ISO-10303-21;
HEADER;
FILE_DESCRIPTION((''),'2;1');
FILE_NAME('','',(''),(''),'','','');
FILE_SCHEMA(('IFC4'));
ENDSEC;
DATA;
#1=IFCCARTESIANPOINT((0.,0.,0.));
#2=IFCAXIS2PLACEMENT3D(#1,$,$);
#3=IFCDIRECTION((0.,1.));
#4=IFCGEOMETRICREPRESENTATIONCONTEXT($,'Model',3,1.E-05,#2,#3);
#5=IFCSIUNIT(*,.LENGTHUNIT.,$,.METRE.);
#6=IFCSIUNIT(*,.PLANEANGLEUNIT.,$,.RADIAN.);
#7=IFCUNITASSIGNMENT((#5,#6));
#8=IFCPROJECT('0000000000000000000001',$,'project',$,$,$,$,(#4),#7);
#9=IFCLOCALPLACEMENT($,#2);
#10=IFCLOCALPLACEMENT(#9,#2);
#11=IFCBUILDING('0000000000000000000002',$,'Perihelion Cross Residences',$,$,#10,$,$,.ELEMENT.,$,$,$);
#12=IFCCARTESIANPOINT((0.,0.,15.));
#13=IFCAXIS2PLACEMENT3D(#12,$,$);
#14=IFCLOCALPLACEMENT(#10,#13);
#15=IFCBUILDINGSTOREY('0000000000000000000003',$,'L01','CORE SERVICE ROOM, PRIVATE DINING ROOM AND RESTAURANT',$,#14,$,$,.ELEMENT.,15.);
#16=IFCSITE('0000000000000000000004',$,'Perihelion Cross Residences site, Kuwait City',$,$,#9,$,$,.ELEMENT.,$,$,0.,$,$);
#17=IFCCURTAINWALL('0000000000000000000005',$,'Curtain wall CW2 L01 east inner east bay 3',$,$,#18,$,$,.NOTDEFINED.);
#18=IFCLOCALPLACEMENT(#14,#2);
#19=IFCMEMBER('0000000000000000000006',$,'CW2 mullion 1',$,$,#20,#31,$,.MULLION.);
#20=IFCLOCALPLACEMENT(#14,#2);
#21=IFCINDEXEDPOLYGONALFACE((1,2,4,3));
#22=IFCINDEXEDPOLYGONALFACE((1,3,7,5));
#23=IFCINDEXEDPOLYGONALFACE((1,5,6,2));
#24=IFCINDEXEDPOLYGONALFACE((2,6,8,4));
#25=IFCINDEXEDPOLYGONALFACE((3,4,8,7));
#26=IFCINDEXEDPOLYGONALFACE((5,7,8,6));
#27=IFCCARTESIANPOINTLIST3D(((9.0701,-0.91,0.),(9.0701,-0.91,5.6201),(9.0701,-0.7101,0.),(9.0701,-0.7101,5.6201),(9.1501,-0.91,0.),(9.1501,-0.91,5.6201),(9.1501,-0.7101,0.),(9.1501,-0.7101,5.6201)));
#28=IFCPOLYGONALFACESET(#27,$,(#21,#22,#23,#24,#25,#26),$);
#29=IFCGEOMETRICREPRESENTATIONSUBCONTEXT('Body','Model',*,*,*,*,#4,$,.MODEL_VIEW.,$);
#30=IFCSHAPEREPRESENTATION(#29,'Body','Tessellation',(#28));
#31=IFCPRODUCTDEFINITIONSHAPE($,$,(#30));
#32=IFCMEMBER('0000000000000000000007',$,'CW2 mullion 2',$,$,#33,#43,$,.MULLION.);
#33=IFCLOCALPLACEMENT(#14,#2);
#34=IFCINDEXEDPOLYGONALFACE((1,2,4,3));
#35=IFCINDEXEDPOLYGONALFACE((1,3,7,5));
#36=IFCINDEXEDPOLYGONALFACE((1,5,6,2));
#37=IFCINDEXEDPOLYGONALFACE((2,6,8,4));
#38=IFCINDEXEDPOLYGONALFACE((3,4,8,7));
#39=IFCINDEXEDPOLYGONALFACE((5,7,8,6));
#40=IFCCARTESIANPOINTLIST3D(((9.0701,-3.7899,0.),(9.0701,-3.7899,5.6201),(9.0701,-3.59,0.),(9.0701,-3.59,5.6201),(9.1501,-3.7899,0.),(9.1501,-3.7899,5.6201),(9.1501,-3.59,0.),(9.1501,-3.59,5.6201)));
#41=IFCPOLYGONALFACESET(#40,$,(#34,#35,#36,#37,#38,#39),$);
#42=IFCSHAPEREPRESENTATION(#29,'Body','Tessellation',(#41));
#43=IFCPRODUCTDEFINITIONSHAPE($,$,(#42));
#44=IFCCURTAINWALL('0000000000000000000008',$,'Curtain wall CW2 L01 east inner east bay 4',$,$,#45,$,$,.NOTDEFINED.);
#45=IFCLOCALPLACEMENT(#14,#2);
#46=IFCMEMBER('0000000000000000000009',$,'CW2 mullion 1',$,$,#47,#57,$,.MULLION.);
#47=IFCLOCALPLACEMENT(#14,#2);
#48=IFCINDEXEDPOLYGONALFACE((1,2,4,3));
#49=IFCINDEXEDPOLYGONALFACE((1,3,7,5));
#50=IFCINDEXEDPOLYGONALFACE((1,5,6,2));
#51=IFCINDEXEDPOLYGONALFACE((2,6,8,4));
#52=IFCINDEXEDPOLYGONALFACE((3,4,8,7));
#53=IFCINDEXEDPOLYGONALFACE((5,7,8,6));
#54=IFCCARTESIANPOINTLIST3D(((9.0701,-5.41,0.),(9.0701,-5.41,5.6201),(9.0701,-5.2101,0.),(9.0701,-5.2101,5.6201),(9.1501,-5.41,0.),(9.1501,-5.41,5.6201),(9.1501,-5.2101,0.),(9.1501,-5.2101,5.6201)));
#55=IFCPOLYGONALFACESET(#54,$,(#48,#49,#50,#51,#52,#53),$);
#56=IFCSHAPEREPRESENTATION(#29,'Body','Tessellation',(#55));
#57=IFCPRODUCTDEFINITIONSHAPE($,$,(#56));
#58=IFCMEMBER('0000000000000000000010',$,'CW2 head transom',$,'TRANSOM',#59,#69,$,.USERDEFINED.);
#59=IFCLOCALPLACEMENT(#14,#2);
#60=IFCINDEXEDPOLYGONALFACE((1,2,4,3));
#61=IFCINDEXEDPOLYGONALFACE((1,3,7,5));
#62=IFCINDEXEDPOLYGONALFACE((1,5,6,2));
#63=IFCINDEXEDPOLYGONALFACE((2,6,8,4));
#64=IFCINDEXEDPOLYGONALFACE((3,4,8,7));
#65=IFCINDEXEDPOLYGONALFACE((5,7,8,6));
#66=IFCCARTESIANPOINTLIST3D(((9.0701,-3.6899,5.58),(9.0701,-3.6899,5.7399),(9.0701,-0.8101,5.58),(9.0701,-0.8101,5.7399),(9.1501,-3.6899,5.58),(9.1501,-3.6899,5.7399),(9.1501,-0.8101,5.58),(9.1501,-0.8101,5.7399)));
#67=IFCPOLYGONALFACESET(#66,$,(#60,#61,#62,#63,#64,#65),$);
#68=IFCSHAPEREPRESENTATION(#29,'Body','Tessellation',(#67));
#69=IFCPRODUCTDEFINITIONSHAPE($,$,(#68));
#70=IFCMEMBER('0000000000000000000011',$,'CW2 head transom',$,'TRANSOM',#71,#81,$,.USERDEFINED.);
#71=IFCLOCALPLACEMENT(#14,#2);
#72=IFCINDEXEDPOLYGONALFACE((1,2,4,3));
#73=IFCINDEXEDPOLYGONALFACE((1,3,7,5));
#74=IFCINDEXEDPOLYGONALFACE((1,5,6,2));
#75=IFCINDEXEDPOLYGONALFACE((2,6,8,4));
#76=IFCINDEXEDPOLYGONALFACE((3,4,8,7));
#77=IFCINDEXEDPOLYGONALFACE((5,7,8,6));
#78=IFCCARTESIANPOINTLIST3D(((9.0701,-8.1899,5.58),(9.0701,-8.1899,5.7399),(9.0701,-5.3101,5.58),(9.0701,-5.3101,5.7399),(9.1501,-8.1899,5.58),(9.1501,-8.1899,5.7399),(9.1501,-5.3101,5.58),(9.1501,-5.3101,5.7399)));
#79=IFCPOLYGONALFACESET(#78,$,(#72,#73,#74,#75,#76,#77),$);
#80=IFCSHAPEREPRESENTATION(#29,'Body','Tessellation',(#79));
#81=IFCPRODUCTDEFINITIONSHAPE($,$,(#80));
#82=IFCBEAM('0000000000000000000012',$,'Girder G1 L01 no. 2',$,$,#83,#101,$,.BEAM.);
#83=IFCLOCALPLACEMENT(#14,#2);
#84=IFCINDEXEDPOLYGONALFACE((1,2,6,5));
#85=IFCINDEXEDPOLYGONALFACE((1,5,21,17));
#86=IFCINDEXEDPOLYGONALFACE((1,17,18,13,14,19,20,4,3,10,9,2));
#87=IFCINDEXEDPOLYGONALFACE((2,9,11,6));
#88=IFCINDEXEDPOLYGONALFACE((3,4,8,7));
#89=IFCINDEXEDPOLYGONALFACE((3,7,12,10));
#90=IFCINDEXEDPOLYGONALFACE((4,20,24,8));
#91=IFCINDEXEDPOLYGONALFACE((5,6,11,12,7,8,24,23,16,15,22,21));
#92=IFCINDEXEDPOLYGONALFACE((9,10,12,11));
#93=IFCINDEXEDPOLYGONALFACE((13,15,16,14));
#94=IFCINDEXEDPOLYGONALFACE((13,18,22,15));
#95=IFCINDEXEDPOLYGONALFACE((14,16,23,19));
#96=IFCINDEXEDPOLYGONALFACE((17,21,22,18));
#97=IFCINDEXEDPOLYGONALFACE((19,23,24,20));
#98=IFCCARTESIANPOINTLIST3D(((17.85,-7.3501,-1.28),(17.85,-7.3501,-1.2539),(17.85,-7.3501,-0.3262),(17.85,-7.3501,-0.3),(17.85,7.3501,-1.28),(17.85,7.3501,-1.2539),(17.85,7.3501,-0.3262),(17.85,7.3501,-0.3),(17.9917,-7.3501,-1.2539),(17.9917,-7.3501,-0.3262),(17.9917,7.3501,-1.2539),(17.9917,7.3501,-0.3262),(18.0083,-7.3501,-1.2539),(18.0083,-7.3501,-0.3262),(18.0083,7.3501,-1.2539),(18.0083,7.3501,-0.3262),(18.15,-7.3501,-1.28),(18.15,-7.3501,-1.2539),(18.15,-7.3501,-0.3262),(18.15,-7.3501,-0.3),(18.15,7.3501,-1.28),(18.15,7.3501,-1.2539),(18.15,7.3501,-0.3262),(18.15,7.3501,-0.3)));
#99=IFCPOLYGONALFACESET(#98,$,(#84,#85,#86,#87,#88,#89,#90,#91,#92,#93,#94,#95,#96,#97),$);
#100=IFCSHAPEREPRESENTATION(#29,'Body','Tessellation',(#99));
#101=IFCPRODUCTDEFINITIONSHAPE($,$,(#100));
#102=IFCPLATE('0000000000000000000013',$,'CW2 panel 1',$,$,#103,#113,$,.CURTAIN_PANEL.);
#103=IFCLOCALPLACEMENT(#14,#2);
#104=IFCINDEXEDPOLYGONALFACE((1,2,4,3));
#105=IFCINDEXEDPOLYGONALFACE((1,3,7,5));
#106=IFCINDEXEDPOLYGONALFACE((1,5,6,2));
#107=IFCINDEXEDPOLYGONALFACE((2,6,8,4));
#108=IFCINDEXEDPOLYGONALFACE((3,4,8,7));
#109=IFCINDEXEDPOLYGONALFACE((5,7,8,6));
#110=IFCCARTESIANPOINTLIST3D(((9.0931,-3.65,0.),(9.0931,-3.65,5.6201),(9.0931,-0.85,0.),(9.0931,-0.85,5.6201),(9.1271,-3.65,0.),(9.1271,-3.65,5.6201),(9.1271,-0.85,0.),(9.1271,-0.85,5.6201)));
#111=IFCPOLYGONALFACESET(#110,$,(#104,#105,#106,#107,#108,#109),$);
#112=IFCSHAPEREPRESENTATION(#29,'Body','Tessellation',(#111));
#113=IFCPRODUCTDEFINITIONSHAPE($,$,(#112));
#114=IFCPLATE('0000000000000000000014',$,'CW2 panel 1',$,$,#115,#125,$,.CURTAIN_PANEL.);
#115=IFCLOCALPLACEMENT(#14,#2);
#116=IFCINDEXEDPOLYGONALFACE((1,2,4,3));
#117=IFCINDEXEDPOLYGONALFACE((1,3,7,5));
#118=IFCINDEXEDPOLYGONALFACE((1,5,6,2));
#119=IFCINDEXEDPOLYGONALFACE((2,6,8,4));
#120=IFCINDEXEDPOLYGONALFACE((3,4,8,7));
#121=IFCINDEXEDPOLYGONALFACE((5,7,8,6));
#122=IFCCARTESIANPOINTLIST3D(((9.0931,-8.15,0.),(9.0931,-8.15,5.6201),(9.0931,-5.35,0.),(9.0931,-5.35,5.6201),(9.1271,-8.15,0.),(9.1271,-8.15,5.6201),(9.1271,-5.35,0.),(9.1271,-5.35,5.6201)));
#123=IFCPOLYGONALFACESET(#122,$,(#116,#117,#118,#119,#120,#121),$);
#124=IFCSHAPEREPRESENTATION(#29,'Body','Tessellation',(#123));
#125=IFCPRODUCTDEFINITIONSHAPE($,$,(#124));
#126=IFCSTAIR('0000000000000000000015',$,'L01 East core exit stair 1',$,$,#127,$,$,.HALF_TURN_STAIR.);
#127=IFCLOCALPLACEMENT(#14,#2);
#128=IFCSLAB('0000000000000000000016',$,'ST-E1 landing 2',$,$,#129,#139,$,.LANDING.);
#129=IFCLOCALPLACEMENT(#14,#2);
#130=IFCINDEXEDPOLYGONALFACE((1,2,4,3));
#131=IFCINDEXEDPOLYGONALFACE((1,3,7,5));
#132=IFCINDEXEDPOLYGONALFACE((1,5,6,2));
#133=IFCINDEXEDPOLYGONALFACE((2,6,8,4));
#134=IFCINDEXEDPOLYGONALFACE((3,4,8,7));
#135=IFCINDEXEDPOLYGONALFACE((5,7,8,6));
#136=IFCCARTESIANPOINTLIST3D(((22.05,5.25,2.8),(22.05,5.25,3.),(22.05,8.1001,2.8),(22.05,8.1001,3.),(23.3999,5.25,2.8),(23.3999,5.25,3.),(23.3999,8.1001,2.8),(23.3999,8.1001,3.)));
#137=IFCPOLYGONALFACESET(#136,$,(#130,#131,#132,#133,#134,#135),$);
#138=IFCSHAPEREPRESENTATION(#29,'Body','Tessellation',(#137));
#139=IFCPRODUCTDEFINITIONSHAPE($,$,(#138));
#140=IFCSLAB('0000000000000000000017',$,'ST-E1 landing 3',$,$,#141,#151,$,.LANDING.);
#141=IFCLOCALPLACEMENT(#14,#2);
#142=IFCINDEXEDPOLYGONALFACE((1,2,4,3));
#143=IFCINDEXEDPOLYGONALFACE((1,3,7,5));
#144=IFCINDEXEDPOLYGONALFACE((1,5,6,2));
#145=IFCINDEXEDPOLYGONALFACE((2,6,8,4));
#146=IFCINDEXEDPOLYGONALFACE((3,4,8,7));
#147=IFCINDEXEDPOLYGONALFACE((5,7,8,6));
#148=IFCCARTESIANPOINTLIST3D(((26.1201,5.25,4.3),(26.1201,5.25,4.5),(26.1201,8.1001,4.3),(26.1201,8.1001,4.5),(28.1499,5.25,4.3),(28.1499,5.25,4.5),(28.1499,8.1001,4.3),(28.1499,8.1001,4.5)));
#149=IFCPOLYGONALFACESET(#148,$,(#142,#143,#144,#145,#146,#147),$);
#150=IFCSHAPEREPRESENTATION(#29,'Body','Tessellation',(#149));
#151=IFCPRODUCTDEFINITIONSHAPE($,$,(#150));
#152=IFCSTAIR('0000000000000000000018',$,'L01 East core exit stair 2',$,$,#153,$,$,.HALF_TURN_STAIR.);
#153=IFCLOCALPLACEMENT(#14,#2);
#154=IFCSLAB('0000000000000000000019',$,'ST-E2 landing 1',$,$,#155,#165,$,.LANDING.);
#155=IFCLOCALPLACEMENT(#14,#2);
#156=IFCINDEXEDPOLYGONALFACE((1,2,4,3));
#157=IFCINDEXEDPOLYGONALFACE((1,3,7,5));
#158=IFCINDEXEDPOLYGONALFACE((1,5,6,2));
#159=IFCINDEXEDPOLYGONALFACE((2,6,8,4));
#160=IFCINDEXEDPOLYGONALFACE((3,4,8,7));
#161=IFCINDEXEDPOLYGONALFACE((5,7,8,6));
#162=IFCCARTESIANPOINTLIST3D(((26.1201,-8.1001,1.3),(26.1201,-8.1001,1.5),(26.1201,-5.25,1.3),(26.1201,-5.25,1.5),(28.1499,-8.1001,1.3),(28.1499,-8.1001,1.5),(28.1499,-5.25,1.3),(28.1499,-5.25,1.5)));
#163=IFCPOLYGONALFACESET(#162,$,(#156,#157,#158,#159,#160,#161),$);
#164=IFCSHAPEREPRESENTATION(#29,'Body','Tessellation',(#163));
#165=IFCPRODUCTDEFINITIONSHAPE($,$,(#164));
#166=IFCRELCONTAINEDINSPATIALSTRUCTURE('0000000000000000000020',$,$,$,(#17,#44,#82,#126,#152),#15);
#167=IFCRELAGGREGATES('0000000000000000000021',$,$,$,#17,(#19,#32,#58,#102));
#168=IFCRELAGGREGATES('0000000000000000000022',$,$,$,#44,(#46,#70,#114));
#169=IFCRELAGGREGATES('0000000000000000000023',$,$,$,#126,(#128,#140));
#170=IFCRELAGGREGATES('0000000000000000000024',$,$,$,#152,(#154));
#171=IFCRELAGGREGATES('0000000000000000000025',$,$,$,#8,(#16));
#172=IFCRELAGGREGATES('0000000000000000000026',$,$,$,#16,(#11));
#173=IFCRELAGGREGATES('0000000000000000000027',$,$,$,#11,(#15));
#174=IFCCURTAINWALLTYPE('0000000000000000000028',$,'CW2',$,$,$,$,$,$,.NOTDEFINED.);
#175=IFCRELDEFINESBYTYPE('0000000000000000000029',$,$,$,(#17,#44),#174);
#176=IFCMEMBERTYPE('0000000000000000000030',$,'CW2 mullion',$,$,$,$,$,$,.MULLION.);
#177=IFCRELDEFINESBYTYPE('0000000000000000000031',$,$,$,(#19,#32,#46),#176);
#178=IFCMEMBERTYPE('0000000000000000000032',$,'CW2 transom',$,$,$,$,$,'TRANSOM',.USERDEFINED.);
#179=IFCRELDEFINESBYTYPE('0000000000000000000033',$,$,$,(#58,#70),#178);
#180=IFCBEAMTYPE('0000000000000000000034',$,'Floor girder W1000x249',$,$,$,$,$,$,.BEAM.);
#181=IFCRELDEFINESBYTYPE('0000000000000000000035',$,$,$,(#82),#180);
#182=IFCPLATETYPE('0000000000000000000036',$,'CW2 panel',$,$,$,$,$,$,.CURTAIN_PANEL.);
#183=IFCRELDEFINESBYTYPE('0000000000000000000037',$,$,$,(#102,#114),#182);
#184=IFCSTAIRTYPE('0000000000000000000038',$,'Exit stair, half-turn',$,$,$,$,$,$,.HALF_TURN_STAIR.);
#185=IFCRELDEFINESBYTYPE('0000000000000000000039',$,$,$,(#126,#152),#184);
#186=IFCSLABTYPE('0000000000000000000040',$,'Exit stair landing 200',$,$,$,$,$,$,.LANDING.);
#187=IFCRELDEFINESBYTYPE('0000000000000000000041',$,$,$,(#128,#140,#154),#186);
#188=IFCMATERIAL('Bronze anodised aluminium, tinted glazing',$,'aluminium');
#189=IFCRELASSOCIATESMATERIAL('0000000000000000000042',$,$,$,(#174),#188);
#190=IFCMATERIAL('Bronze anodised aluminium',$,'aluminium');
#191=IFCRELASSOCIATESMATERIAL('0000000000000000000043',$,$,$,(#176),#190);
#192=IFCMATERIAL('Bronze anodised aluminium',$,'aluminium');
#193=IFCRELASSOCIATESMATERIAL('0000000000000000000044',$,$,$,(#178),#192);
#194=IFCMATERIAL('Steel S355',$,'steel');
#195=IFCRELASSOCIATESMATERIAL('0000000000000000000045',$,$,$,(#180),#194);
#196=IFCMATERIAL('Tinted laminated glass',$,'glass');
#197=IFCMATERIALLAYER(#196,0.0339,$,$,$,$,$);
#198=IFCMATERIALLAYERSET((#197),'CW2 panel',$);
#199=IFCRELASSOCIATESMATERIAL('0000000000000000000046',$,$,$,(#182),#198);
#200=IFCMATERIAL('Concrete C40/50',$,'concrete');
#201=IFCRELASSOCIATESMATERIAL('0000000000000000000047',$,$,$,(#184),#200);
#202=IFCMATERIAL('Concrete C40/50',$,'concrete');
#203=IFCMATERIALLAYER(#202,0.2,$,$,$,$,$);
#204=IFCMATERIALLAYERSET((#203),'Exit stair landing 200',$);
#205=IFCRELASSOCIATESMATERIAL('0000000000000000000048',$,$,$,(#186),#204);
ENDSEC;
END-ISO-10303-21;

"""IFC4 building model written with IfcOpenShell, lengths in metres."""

from ifc_helpers import new_model, si_unit, direction, frame, origin, origin_2d, place, context, subcontext, project, spatial, polyline, rectangle, i_section, outline, extrude, material, layer, layer_set, material_profile, profile_set, type_object, element, aggregate, save


model = new_model("IFC4")

# Units and contexts
model_context = context("Model", 3, precision=1e-05, world=origin(), true_north=direction((0.0, 1.0)))
body_context = subcontext(model_context, "Body", "Model", "MODEL_VIEW")
ifc_project = project(units=[si_unit("LENGTHUNIT", "METRE"), si_unit("PLANEANGLEUNIT", "RADIAN")], contexts=[model_context])

# Site, building, storey
site_placement = place(None, origin())
site = spatial("IfcSite", under=ifc_project, at=site_placement, Name="Perihelion Cross Residences site, Kuwait City", CompositionType="ELEMENT", RefElevation=0.0)
building_placement = place(site_placement, origin())
building = spatial("IfcBuilding", under=site, at=building_placement, Name="Perihelion Cross Residences", CompositionType="ELEMENT")
storey_placement = place(building_placement, frame((0.0, 0.0, 15.0)))
storey = spatial("IfcBuildingStorey", under=building, at=storey_placement, Name="L01", Description="CORE SERVICE ROOM, PRIVATE DINING ROOM AND RESTAURANT", CompositionType="ELEMENT", Elevation=15.0)

# Curtain wall, members
ifc_material_1 = material(Name="Bronze anodised aluminium, tinted glazing", Category="aluminium")
curtain_wall_type = type_object("IfcCurtainWallType", Name="CW2", PredefinedType="NOTDEFINED", material=ifc_material_1)
curtain_wall_1_placement = place(storey_placement, origin())
curtain_wall_1 = element("IfcCurtainWall", 1, at=curtain_wall_1_placement, inside=storey, type_object=curtain_wall_type, Name="Curtain wall CW2 L01 east inner east bay 3", PredefinedType="NOTDEFINED")
ifc_material_2 = material(Name="Bronze anodised aluminium", Category="aluminium")
ifc_material_profile_1 = material_profile(ifc_material_2, rectangle(XDim=0.0801, YDim=0.2, at=origin_2d()), Name="CW2 mullion")
ifc_profile_set_1 = profile_set([ifc_material_profile_1], Name="Bronze anodised aluminium")
member_type_1 = type_object("IfcMemberType", Name="CW2 mullion", PredefinedType="MULLION", material=ifc_profile_set_1)
member_1_placement = place(storey_placement, frame((9.1101, -0.8101, 0.0), z_axis=(0.0, 0.0, 1.0), x_axis=(1.0, 0.0, 0.0)))
member_1 = element("IfcMember", 2, at=member_1_placement, type_object=member_type_1, Name="CW2 mullion 1", PredefinedType="MULLION", context=body_context, shape_type="SweptSolid", body=[
    extrude(rectangle(XDim=0.0801, YDim=0.2, at=origin_2d()), origin(), (0.0, 0.0, 1.0), 5.6201),
])
member_2_placement = place(storey_placement, frame((9.1101, -3.6899, 0.0), z_axis=(0.0, 0.0, 1.0), x_axis=(1.0, 0.0, 0.0)))
member_2 = element("IfcMember", 3, at=member_2_placement, type_object=member_type_1, Name="CW2 mullion 2", PredefinedType="MULLION", context=body_context, shape_type="SweptSolid", body=[
    extrude(rectangle(XDim=0.0801, YDim=0.2, at=origin_2d()), origin(), (0.0, 0.0, 1.0), 5.6201),
])

# Curtain wall, member
curtain_wall_2_placement = place(storey_placement, origin())
curtain_wall_2 = element("IfcCurtainWall", 4, at=curtain_wall_2_placement, inside=storey, type_object=curtain_wall_type, Name="Curtain wall CW2 L01 east inner east bay 4", PredefinedType="NOTDEFINED")
member_3_placement = place(storey_placement, frame((9.1101, -5.3101, 0.0), z_axis=(0.0, 0.0, 1.0), x_axis=(1.0, 0.0, 0.0)))
member_3 = element("IfcMember", 5, at=member_3_placement, type_object=member_type_1, Name="CW2 mullion 1", PredefinedType="MULLION", context=body_context, shape_type="SweptSolid", body=[
    extrude(rectangle(XDim=0.0801, YDim=0.2, at=origin_2d()), origin(), (0.0, 0.0, 1.0), 5.6201),
])

# Members
ifc_material_3 = material(Name="Bronze anodised aluminium", Category="aluminium")
ifc_material_profile_2 = material_profile(ifc_material_3, rectangle(XDim=0.0801, YDim=0.1599, at=origin_2d()), Name="CW2 transom")
ifc_profile_set_2 = profile_set([ifc_material_profile_2], Name="Bronze anodised aluminium")
member_type_2 = type_object("IfcMemberType", Name="CW2 transom", ElementType="TRANSOM", PredefinedType="USERDEFINED", material=ifc_profile_set_2)
member_4_placement = place(storey_placement, frame((9.1101, -0.8101, 5.6599), z_axis=(0.0, -1.0, 0.0), x_axis=(1.0, 0.0, 0.0)))
member_4 = element("IfcMember", 6, at=member_4_placement, type_object=member_type_2, Name="CW2 head transom", ObjectType="TRANSOM", PredefinedType="USERDEFINED", context=body_context, shape_type="SweptSolid", body=[
    extrude(rectangle(XDim=0.0801, YDim=0.1599, at=origin_2d()), origin(), (0.0, 0.0, 1.0), 2.8799),
])
member_5_placement = place(storey_placement, frame((9.1101, -5.3101, 5.6599), z_axis=(0.0, -1.0, 0.0), x_axis=(1.0, 0.0, 0.0)))
member_5 = element("IfcMember", 7, at=member_5_placement, type_object=member_type_2, Name="CW2 head transom", ObjectType="TRANSOM", PredefinedType="USERDEFINED", context=body_context, shape_type="SweptSolid", body=[
    extrude(rectangle(XDim=0.0801, YDim=0.1599, at=origin_2d()), origin(), (0.0, 0.0, 1.0), 2.8799),
])

# Beam
ifc_material_4 = material(Name="Steel S355", Category="steel")
ifc_material_profile_3 = material_profile(ifc_material_4, i_section(OverallWidth=0.3, OverallDepth=0.98, WebThickness=0.0166, FlangeThickness=0.0261, at=origin_2d()), Name="W1000x249")
ifc_profile_set_3 = profile_set([ifc_material_profile_3], Name="Steel S355")
beam_type = type_object("IfcBeamType", Name="Floor girder W1000x249", PredefinedType="BEAM", material=ifc_profile_set_3)
beam_placement = place(storey_placement, frame((18.0, -7.3501, -0.79), z_axis=(0.0, 1.0, 0.0), x_axis=(-1.0, 0.0, 0.0)))
element("IfcBeam", 8, at=beam_placement, inside=storey, type_object=beam_type, Name="Girder G1 L01 no. 2", PredefinedType="BEAM", context=body_context, shape_type="SweptSolid", body=[
    extrude(i_section(OverallWidth=0.3, OverallDepth=0.98, WebThickness=0.0166, FlangeThickness=0.0261, at=origin_2d()), origin(), (0.0, 0.0, 1.0), 14.7002),
])

# Plates
ifc_material_5 = material(Name="Tinted laminated glass", Category="glass")
ifc_layer_1 = layer(ifc_material_5, 0.0339)
ifc_layer_set_1 = layer_set([ifc_layer_1], Name="CW2 panel")
plate_type = type_object("IfcPlateType", Name="CW2 panel", PredefinedType="CURTAIN_PANEL", material=ifc_layer_set_1)
plate_1_placement = place(storey_placement, frame((9.1101, -2.25, 0.0), z_axis=(0.0, 0.0, 1.0), x_axis=(0.0, -1.0, 0.0)))
plate_1 = element("IfcPlate", 9, at=plate_1_placement, type_object=plate_type, Name="CW2 panel 1", PredefinedType="CURTAIN_PANEL", context=body_context, shape_type="SweptSolid", body=[
    extrude(rectangle(XDim=2.8, YDim=0.0339, at=origin_2d()), origin(), (0.0, 0.0, 1.0), 5.6201),
])
aggregate(curtain_wall_1, [member_1, member_2, member_4, plate_1])
plate_2_placement = place(storey_placement, frame((9.1101, -6.75, 0.0), z_axis=(0.0, 0.0, 1.0), x_axis=(0.0, -1.0, 0.0)))
plate_2 = element("IfcPlate", 10, at=plate_2_placement, type_object=plate_type, Name="CW2 panel 1", PredefinedType="CURTAIN_PANEL", context=body_context, shape_type="SweptSolid", body=[
    extrude(rectangle(XDim=2.8, YDim=0.0339, at=origin_2d()), origin(), (0.0, 0.0, 1.0), 5.6201),
])
aggregate(curtain_wall_2, [member_3, member_5, plate_2])

# Stair, slabs
ifc_material_6 = material(Name="Concrete C40/50", Category="concrete")
stair_type = type_object("IfcStairType", Name="Exit stair, half-turn", PredefinedType="HALF_TURN_STAIR", material=ifc_material_6)
stair_1_placement = place(storey_placement, origin())
stair_1 = element("IfcStair", 11, at=stair_1_placement, inside=storey, type_object=stair_type, Name="L01 East core exit stair 1", PredefinedType="HALF_TURN_STAIR")
ifc_material_7 = material(Name="Concrete C40/50", Category="concrete")
ifc_layer_2 = layer(ifc_material_7, 0.2)
ifc_layer_set_2 = layer_set([ifc_layer_2], Name="Exit stair landing 200")
slab_type = type_object("IfcSlabType", Name="Exit stair landing 200", PredefinedType="LANDING", material=ifc_layer_set_2)
slab_1_placement = place(storey_placement, frame((0.0, 0.0, 2.8)))
slab_1 = element("IfcSlab", 12, at=slab_1_placement, type_object=slab_type, Name="ST-E1 landing 2", PredefinedType="LANDING", context=body_context, shape_type="SweptSolid", body=[
    extrude(outline(polyline([(22.05, 5.25), (23.3999, 5.25), (23.3999, 8.1001), (22.05, 8.1001), (22.05, 5.25)])), origin(), (0.0, 0.0, 1.0), 0.2),
])
slab_2_placement = place(storey_placement, frame((0.0, 0.0, 4.3)))
slab_2 = element("IfcSlab", 13, at=slab_2_placement, type_object=slab_type, Name="ST-E1 landing 3", PredefinedType="LANDING", context=body_context, shape_type="SweptSolid", body=[
    extrude(outline(polyline([(26.1201, 5.25), (28.1499, 5.25), (28.1499, 8.1001), (26.1201, 8.1001), (26.1201, 5.25)])), origin(), (0.0, 0.0, 1.0), 0.2),
])
aggregate(stair_1, [slab_1, slab_2])

# Stair, slab
stair_2_placement = place(storey_placement, origin())
stair_2 = element("IfcStair", 14, at=stair_2_placement, inside=storey, type_object=stair_type, Name="L01 East core exit stair 2", PredefinedType="HALF_TURN_STAIR")
slab_3_placement = place(storey_placement, frame((0.0, 0.0, 1.3)))
slab_3 = element("IfcSlab", 15, at=slab_3_placement, type_object=slab_type, Name="ST-E2 landing 1", PredefinedType="LANDING", context=body_context, shape_type="SweptSolid", body=[
    extrude(outline(polyline([(26.1201, -8.1001), (28.1499, -8.1001), (28.1499, -5.25), (26.1201, -5.25), (26.1201, -8.1001)])), origin(), (0.0, 0.0, 1.0), 0.2),
])
aggregate(stair_2, [slab_3])

save(model, "model.ifc")
